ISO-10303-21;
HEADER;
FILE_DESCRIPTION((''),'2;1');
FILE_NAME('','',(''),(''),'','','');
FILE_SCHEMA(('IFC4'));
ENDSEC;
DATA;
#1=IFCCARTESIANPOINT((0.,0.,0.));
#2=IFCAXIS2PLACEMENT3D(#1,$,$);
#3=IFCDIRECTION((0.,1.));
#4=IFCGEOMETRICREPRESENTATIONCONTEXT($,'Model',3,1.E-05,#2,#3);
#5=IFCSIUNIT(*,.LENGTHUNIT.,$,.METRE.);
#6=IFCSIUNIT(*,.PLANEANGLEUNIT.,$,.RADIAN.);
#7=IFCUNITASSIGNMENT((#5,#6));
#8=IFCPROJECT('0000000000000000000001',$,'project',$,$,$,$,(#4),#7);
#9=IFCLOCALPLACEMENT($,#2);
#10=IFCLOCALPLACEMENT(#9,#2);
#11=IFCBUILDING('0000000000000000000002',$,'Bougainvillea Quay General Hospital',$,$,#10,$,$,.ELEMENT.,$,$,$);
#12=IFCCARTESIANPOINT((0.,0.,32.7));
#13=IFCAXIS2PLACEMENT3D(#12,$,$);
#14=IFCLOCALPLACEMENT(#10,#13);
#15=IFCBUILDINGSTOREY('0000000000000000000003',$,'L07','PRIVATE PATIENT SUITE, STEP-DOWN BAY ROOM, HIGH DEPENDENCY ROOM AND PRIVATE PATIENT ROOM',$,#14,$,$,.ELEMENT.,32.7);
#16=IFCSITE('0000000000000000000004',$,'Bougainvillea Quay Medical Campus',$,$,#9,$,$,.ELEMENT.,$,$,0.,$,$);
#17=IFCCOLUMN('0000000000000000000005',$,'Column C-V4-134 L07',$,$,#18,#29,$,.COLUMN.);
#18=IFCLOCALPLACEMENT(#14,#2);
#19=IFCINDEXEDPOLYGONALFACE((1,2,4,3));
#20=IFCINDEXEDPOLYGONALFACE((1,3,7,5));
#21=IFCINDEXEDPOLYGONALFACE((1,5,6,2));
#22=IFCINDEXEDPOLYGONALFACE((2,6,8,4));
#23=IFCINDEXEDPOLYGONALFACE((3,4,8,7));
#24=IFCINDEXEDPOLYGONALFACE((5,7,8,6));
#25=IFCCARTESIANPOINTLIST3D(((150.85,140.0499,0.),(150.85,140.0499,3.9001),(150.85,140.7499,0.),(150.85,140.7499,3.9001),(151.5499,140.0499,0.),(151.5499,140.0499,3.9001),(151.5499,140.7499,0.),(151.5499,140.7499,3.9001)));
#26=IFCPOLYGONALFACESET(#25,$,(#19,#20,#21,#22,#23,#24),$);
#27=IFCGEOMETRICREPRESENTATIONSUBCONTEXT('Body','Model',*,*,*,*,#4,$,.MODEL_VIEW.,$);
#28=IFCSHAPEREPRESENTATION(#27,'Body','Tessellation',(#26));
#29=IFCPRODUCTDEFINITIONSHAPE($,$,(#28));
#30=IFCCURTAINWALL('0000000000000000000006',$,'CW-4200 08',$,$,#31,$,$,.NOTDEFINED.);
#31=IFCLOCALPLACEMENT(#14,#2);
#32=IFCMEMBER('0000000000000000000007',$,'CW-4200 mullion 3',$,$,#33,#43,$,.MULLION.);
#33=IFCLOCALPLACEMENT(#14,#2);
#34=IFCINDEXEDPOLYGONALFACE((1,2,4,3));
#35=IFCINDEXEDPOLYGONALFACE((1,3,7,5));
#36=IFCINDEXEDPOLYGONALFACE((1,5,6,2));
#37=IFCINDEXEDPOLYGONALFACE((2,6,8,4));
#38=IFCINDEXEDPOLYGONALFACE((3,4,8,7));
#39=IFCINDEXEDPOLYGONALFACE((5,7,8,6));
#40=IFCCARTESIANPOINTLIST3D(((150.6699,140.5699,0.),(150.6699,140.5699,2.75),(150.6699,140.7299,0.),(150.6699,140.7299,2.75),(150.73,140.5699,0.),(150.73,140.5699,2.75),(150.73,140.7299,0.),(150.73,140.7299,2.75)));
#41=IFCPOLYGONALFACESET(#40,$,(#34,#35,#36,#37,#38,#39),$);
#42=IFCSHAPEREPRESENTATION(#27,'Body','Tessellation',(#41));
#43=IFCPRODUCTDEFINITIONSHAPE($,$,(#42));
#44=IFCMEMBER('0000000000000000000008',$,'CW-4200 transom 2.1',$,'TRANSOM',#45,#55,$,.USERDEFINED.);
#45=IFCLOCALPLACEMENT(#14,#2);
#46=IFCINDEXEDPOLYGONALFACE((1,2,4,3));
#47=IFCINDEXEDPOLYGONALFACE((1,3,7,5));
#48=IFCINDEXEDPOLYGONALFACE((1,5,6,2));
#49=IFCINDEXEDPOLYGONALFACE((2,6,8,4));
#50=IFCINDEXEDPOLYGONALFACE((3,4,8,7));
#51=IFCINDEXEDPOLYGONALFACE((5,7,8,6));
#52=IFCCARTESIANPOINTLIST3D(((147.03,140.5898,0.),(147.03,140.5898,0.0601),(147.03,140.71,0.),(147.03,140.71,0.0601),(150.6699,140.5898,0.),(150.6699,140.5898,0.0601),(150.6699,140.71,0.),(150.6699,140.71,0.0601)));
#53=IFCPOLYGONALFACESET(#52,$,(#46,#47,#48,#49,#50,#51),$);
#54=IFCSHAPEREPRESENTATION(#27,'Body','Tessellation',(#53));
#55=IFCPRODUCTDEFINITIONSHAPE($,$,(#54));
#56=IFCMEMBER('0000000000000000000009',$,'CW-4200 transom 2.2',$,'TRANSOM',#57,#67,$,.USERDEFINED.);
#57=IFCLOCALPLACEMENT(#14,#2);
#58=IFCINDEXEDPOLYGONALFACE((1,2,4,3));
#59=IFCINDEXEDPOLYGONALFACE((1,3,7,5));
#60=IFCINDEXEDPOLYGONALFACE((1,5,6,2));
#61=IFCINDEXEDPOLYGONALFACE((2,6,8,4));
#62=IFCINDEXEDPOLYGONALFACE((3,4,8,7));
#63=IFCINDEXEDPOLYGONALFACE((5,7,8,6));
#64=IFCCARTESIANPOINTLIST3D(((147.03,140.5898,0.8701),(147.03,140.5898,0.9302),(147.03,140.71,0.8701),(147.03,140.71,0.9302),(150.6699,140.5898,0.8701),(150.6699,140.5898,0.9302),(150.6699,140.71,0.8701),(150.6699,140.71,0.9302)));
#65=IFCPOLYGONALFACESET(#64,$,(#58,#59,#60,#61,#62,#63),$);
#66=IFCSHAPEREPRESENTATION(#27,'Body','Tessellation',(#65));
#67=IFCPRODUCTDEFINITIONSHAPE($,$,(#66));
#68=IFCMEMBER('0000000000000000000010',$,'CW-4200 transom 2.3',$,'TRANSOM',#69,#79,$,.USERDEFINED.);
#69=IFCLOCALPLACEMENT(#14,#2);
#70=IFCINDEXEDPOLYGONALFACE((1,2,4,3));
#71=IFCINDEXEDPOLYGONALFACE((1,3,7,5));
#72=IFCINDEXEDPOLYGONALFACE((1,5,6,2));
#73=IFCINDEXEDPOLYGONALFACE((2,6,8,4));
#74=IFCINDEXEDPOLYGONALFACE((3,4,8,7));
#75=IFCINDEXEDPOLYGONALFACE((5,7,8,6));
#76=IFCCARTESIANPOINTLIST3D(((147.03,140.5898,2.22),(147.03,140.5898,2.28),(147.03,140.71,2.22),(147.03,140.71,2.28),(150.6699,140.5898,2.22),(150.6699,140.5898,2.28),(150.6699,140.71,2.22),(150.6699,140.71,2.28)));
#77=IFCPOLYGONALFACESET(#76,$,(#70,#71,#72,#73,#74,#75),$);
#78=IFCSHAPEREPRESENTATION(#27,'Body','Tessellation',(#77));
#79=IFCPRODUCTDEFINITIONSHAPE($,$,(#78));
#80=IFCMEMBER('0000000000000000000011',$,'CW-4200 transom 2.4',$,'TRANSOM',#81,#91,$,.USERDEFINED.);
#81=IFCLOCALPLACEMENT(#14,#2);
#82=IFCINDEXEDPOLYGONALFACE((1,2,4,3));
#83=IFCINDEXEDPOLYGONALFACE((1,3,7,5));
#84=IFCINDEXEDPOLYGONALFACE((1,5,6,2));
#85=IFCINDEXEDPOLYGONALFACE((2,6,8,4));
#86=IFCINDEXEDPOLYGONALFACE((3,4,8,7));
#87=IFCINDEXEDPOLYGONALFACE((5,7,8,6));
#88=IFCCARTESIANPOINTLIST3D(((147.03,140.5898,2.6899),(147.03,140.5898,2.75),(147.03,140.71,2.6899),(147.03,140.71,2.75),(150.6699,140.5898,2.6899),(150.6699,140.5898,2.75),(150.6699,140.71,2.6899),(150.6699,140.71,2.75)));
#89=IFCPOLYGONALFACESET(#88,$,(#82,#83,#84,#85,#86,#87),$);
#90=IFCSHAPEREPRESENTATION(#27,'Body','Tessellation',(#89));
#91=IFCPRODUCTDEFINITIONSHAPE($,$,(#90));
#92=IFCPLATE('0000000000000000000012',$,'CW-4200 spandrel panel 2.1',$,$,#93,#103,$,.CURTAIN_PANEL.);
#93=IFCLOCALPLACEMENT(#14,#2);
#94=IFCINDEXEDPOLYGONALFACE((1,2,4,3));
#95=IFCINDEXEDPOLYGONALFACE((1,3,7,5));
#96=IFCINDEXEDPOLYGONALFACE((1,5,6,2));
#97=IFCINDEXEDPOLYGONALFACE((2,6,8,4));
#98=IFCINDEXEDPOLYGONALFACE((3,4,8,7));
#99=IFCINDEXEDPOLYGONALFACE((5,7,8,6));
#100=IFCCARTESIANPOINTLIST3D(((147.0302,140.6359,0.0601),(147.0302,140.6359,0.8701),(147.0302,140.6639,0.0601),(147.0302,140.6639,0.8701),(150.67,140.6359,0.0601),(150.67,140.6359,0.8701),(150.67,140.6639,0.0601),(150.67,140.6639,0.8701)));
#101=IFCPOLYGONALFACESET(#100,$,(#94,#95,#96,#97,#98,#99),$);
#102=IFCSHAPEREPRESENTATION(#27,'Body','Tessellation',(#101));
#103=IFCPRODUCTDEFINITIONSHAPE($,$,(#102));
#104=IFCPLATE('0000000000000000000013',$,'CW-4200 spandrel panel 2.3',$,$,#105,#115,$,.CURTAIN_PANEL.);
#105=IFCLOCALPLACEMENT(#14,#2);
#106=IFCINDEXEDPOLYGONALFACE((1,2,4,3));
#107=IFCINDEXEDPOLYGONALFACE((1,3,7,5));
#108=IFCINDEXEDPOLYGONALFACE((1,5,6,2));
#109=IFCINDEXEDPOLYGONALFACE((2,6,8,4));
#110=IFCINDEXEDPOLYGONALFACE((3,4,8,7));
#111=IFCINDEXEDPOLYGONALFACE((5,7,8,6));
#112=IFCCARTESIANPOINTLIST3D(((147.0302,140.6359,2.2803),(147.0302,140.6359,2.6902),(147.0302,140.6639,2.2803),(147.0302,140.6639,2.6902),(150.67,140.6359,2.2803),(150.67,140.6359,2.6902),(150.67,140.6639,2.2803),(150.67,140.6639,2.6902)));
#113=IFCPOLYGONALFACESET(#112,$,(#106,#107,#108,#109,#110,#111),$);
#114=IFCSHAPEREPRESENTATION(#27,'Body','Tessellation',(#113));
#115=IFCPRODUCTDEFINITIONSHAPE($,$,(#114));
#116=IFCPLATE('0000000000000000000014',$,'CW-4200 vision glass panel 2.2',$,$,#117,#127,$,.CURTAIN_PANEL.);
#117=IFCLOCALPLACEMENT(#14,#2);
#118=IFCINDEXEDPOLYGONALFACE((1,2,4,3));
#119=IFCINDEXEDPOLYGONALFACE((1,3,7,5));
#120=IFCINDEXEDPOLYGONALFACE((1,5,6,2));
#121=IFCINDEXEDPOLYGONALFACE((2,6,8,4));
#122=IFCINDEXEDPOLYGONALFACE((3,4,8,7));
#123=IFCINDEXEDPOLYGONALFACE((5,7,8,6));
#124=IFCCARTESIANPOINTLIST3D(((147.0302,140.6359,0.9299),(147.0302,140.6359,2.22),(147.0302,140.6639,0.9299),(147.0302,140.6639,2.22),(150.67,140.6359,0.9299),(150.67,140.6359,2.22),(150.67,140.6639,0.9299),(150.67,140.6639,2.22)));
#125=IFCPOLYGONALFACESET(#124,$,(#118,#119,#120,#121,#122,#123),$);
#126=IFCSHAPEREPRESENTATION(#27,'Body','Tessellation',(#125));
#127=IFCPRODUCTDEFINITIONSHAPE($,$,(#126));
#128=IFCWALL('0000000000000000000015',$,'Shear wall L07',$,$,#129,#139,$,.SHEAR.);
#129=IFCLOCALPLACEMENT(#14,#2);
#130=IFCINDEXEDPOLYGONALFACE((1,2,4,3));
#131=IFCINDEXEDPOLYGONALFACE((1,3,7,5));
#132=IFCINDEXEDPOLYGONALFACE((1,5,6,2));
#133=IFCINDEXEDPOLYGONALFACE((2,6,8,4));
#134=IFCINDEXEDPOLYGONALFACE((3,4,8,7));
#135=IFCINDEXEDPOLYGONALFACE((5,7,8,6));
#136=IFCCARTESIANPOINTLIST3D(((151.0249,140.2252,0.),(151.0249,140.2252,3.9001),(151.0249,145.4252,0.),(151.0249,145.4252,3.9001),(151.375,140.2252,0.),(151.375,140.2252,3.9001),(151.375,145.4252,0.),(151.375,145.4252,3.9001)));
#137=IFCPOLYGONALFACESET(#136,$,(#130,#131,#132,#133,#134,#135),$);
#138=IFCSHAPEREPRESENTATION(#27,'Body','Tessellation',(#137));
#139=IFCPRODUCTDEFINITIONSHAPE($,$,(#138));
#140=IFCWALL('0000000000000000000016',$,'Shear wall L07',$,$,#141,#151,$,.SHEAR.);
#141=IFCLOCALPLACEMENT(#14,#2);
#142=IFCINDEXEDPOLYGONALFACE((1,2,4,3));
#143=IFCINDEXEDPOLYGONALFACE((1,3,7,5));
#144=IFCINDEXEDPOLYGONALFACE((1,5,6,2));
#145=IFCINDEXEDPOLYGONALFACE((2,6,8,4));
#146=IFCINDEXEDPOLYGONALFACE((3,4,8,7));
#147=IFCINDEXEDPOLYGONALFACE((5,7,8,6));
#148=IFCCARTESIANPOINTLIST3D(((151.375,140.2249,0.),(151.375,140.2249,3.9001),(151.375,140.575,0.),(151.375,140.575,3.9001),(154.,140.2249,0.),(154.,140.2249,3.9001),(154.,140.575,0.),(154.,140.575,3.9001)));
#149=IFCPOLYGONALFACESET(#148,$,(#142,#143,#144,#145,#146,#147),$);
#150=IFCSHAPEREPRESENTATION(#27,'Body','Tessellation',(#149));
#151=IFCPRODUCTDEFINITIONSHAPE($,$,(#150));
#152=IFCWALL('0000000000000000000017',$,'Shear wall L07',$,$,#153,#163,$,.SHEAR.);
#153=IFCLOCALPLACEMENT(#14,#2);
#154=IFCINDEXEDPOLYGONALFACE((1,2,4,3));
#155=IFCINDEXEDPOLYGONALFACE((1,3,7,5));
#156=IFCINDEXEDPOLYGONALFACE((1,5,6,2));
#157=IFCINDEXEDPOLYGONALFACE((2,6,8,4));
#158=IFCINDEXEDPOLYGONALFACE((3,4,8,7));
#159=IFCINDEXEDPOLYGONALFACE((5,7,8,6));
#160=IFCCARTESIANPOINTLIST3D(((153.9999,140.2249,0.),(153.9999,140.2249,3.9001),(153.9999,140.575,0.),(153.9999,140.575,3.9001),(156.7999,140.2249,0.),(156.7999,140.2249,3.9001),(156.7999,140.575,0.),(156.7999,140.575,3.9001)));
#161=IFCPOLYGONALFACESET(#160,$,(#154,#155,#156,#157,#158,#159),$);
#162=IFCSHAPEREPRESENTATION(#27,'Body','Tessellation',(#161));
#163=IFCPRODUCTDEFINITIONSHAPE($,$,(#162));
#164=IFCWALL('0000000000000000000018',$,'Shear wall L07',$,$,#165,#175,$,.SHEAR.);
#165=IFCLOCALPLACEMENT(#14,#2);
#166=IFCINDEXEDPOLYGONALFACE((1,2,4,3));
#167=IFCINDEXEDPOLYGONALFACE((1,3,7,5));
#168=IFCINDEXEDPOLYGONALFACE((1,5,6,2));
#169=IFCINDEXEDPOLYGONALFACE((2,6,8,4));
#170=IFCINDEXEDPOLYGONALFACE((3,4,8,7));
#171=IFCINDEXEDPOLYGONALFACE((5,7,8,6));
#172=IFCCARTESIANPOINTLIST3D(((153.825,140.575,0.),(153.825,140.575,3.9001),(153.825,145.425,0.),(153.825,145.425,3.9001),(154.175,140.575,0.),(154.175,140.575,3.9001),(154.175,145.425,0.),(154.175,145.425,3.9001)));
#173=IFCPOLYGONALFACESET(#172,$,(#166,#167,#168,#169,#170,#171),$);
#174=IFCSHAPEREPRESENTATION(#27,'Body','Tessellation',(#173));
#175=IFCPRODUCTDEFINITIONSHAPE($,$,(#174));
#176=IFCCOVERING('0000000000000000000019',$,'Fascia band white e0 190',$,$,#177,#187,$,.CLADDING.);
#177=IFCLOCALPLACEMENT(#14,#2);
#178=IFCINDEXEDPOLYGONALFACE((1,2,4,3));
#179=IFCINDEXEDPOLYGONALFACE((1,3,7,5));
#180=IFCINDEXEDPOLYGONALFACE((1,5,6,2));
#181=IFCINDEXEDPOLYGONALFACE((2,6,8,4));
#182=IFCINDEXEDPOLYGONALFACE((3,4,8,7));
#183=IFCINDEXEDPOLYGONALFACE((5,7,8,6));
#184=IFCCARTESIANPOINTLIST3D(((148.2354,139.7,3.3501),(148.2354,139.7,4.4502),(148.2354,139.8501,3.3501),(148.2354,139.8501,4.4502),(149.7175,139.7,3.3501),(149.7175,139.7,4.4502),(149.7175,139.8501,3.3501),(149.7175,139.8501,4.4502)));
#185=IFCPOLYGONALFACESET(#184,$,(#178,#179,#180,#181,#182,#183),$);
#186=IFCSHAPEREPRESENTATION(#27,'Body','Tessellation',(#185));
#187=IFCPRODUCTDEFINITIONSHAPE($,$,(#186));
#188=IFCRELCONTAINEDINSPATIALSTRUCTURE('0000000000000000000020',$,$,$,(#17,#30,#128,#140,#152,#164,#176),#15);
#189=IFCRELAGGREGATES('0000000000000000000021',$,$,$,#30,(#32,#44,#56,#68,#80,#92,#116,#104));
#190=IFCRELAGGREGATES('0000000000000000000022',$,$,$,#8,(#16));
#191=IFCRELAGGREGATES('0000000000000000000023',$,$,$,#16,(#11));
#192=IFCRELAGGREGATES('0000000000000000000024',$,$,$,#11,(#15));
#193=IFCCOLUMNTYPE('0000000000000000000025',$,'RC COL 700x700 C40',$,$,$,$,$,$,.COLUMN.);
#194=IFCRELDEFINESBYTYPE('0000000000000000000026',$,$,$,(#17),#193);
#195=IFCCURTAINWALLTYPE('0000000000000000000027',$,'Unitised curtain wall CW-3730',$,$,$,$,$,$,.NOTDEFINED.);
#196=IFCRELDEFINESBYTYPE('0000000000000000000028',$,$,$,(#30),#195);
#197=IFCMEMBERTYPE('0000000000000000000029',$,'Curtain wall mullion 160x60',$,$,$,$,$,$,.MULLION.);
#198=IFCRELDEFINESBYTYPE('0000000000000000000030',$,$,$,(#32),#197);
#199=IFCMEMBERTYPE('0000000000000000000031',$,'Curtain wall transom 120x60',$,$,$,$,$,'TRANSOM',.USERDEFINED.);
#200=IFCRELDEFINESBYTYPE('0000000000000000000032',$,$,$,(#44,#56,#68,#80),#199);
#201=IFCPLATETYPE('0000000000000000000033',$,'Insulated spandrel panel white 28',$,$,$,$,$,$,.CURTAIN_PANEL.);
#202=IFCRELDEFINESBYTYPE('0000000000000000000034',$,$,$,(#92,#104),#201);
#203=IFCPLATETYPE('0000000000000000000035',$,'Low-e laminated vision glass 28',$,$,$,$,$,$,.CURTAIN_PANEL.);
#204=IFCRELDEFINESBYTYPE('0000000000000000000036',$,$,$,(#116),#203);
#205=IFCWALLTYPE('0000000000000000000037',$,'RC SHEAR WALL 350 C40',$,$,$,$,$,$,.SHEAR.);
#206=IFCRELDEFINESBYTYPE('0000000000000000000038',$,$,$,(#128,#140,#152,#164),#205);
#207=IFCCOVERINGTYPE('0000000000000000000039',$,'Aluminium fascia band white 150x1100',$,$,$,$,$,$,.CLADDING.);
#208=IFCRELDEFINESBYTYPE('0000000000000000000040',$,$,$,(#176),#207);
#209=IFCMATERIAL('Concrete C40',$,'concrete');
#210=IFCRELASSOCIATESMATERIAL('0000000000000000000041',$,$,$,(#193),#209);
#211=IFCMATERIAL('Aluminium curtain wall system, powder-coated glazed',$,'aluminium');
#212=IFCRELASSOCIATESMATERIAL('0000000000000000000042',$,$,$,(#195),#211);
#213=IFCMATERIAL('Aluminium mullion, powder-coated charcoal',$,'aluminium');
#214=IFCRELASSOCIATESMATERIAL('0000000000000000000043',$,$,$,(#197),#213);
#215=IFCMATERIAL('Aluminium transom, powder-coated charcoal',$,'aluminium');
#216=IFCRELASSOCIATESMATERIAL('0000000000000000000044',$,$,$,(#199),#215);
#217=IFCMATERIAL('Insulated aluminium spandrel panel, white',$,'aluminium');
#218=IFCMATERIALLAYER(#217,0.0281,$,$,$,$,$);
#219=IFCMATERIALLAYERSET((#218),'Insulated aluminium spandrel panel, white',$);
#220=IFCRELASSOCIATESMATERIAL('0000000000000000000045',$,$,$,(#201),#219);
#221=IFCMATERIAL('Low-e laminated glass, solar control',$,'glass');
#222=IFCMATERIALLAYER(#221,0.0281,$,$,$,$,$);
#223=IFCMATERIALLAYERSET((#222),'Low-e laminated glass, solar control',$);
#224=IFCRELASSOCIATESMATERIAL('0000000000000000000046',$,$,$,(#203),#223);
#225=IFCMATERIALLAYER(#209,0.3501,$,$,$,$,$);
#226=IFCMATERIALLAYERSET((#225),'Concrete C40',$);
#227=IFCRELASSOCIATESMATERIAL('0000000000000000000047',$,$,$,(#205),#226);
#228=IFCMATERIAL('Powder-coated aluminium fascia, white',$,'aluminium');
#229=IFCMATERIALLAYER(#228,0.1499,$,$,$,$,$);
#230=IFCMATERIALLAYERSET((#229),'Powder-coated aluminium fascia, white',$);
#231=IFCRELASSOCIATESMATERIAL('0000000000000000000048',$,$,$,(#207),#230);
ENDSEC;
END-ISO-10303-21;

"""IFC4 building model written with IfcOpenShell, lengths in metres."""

from ifc_helpers import new_model, si_unit, direction, frame, frame_2d, origin, origin_2d, place, context, subcontext, project, spatial, polyline, rectangle, outline, extrude, material, layer, layer_set, material_profile, profile_set, type_object, element, aggregate, save


model = new_model("IFC4")

# Units and contexts
model_context = context("Model", 3, precision=1e-05, world=origin(), true_north=direction((0.0, 1.0)))
body_context = subcontext(model_context, "Body", "Model", "MODEL_VIEW")
ifc_project = project(units=[si_unit("LENGTHUNIT", "METRE"), si_unit("PLANEANGLEUNIT", "RADIAN")], contexts=[model_context])

# Site, building, storey
site_placement = place(None, origin())
site = spatial("IfcSite", under=ifc_project, at=site_placement, Name="Bougainvillea Quay Medical Campus", CompositionType="ELEMENT", RefElevation=0.0)
building_placement = place(site_placement, origin())
building = spatial("IfcBuilding", under=site, at=building_placement, Name="Bougainvillea Quay General Hospital", CompositionType="ELEMENT")
storey_placement = place(building_placement, frame((0.0, 0.0, 32.7)))
storey = spatial("IfcBuildingStorey", under=building, at=storey_placement, Name="L07", Description="PRIVATE PATIENT SUITE, STEP-DOWN BAY ROOM, HIGH DEPENDENCY ROOM AND PRIVATE PATIENT ROOM", CompositionType="ELEMENT", Elevation=32.7)

# Column
ifc_material_1 = material(Name="Concrete C40", Category="concrete")
ifc_material_profile_1 = material_profile(ifc_material_1, rectangle(XDim=0.7, YDim=0.7, at=origin_2d()))
ifc_profile_set_1 = profile_set([ifc_material_profile_1], Name="Concrete C40")
column_type = type_object("IfcColumnType", Name="RC COL 700x700 C40", PredefinedType="COLUMN", material=ifc_profile_set_1)
column_placement = place(storey_placement, frame((151.2, 140.3999, 0.0), z_axis=(0.0, 0.0, 1.0), x_axis=(1.0, 0.0, 0.0)))
element("IfcColumn", 1, at=column_placement, inside=storey, type_object=column_type, Name="Column C-V4-134 L07", PredefinedType="COLUMN", context=body_context, shape_type="SweptSolid", body=[
    extrude(rectangle(XDim=0.7, YDim=0.7, at=origin_2d()), origin(), (0.0, 0.0, 1.0), 3.9001),
])

# Curtain wall, members, plates
ifc_material_2 = material(Name="Aluminium curtain wall system, powder-coated glazed", Category="aluminium")
curtain_wall_type = type_object("IfcCurtainWallType", Name="Unitised curtain wall CW-3730", PredefinedType="NOTDEFINED", material=ifc_material_2)
curtain_wall_placement = place(storey_placement, origin())
curtain_wall = element("IfcCurtainWall", 2, at=curtain_wall_placement, inside=storey, type_object=curtain_wall_type, Name="CW-4200 08", PredefinedType="NOTDEFINED")
ifc_material_3 = material(Name="Aluminium mullion, powder-coated charcoal", Category="aluminium")
ifc_material_profile_2 = material_profile(ifc_material_3, rectangle(XDim=0.1599, YDim=0.0601, at=origin_2d()))
ifc_profile_set_2 = profile_set([ifc_material_profile_2], Name="Aluminium mullion, powder-coated charcoal")
member_type_1 = type_object("IfcMemberType", Name="Curtain wall mullion 160x60", PredefinedType="MULLION", material=ifc_profile_set_2)
member_1_placement = place(storey_placement, frame((150.7, 140.6499, 0.0), z_axis=(0.0, 0.0, 1.0), x_axis=(0.0, 1.0, 0.0)))
member_1 = element("IfcMember", 3, at=member_1_placement, type_object=member_type_1, Name="CW-4200 mullion 3", PredefinedType="MULLION", context=body_context, shape_type="SweptSolid", body=[
    extrude(rectangle(XDim=0.1599, YDim=0.0601, at=origin_2d()), origin(), (0.0, 0.0, 1.0), 2.75),
])
ifc_material_4 = material(Name="Aluminium transom, powder-coated charcoal", Category="aluminium")
ifc_material_profile_3 = material_profile(ifc_material_4, rectangle(XDim=0.1201, YDim=0.0601, at=origin_2d()))
ifc_profile_set_3 = profile_set([ifc_material_profile_3], Name="Aluminium transom, powder-coated charcoal")
member_type_2 = type_object("IfcMemberType", Name="Curtain wall transom 120x60", ElementType="TRANSOM", PredefinedType="USERDEFINED", material=ifc_profile_set_3)
member_2_placement = place(storey_placement, frame((147.03, 140.6499, 0.03), z_axis=(1.0, 0.0, 0.0), x_axis=(0.0, 1.0, 0.0)))
member_2 = element("IfcMember", 4, at=member_2_placement, type_object=member_type_2, Name="CW-4200 transom 2.1", ObjectType="TRANSOM", PredefinedType="USERDEFINED", context=body_context, shape_type="SweptSolid", body=[
    extrude(rectangle(XDim=0.1201, YDim=0.0601, at=origin_2d()), origin(), (0.0, 0.0, 1.0), 3.6399),
])
member_3_placement = place(storey_placement, frame((147.03, 140.6499, 0.9001), z_axis=(1.0, 0.0, 0.0), x_axis=(0.0, 1.0, 0.0)))
member_3 = element("IfcMember", 5, at=member_3_placement, type_object=member_type_2, Name="CW-4200 transom 2.2", ObjectType="TRANSOM", PredefinedType="USERDEFINED", context=body_context, shape_type="SweptSolid", body=[
    extrude(rectangle(XDim=0.1201, YDim=0.0601, at=origin_2d()), origin(), (0.0, 0.0, 1.0), 3.6399),
])
member_4_placement = place(storey_placement, frame((147.03, 140.6499, 2.25), z_axis=(1.0, 0.0, 0.0), x_axis=(0.0, 1.0, 0.0)))
member_4 = element("IfcMember", 6, at=member_4_placement, type_object=member_type_2, Name="CW-4200 transom 2.3", ObjectType="TRANSOM", PredefinedType="USERDEFINED", context=body_context, shape_type="SweptSolid", body=[
    extrude(rectangle(XDim=0.1201, YDim=0.0601, at=origin_2d()), origin(), (0.0, 0.0, 1.0), 3.6399),
])
member_5_placement = place(storey_placement, frame((147.03, 140.6499, 2.72), z_axis=(1.0, 0.0, 0.0), x_axis=(0.0, 1.0, 0.0)))
member_5 = element("IfcMember", 7, at=member_5_placement, type_object=member_type_2, Name="CW-4200 transom 2.4", ObjectType="TRANSOM", PredefinedType="USERDEFINED", context=body_context, shape_type="SweptSolid", body=[
    extrude(rectangle(XDim=0.1201, YDim=0.0601, at=origin_2d()), origin(), (0.0, 0.0, 1.0), 3.6399),
])
ifc_material_5 = material(Name="Insulated aluminium spandrel panel, white", Category="aluminium")
ifc_layer_1 = layer(ifc_material_5, 0.0281)
ifc_layer_set_1 = layer_set([ifc_layer_1], Name="Insulated aluminium spandrel panel, white")
plate_type_1 = type_object("IfcPlateType", Name="Insulated spandrel panel white 28", PredefinedType="CURTAIN_PANEL", material=ifc_layer_set_1)
plate_1_placement = place(storey_placement, frame((148.8501, 140.6499, 0.0601), z_axis=(0.0, 0.0, 1.0), x_axis=(1.0, 0.0, 0.0)))
plate_1 = element("IfcPlate", 8, at=plate_1_placement, type_object=plate_type_1, Name="CW-4200 spandrel panel 2.1", PredefinedType="CURTAIN_PANEL", context=body_context, shape_type="SweptSolid", body=[
    extrude(rectangle(XDim=3.6399, YDim=0.0281, at=origin_2d()), origin(), (0.0, 0.0, 1.0), 0.8101),
])
plate_2_placement = place(storey_placement, frame((148.8501, 140.6499, 2.2803), z_axis=(0.0, 0.0, 1.0), x_axis=(1.0, 0.0, 0.0)))
plate_2 = element("IfcPlate", 9, at=plate_2_placement, type_object=plate_type_1, Name="CW-4200 spandrel panel 2.3", PredefinedType="CURTAIN_PANEL", context=body_context, shape_type="SweptSolid", body=[
    extrude(rectangle(XDim=3.6399, YDim=0.0281, at=origin_2d()), origin(), (0.0, 0.0, 1.0), 0.4099),
])
ifc_material_6 = material(Name="Low-e laminated glass, solar control", Category="glass")
ifc_layer_2 = layer(ifc_material_6, 0.0281)
ifc_layer_set_2 = layer_set([ifc_layer_2], Name="Low-e laminated glass, solar control")
plate_type_2 = type_object("IfcPlateType", Name="Low-e laminated vision glass 28", PredefinedType="CURTAIN_PANEL", material=ifc_layer_set_2)
plate_3_placement = place(storey_placement, frame((148.8501, 140.6499, 0.9299), z_axis=(0.0, 0.0, 1.0), x_axis=(1.0, 0.0, 0.0)))
plate_3 = element("IfcPlate", 10, at=plate_3_placement, type_object=plate_type_2, Name="CW-4200 vision glass panel 2.2", PredefinedType="CURTAIN_PANEL", context=body_context, shape_type="SweptSolid", body=[
    extrude(rectangle(XDim=3.6399, YDim=0.0281, at=origin_2d()), origin(), (0.0, 0.0, 1.0), 1.29),
])
aggregate(curtain_wall, [member_1, member_2, member_3, member_4, member_5, plate_1, plate_3, plate_2])

# Walls
ifc_layer_3 = layer(ifc_material_1, 0.3501)
ifc_layer_set_3 = layer_set([ifc_layer_3], Name="Concrete C40")
wall_type = type_object("IfcWallType", Name="RC SHEAR WALL 350 C40", PredefinedType="SHEAR", material=ifc_layer_set_3)
wall_1_placement = place(storey_placement, frame((151.2, 140.2251, 0.0), z_axis=(0.0, 0.0, 1.0), x_axis=(0.0, 1.0, 0.0)))
element("IfcWall", 11, at=wall_1_placement, inside=storey, type_object=wall_type, Name="Shear wall L07", PredefinedType="SHEAR", context=body_context, shape_type="SweptSolid", body=[
    extrude(rectangle(XDim=5.2, YDim=0.3501, at=frame_2d((2.6001, 0.0))), origin(), (0.0, 0.0, 1.0), 3.9001),
])
wall_2_placement = place(storey_placement, frame((151.375, 140.3999, 0.0), z_axis=(0.0, 0.0, 1.0), x_axis=(1.0, 0.0, 0.0)))
element("IfcWall", 12, at=wall_2_placement, inside=storey, type_object=wall_type, Name="Shear wall L07", PredefinedType="SHEAR", context=body_context, shape_type="SweptSolid", body=[
    extrude(rectangle(XDim=2.625, YDim=0.3501, at=frame_2d((1.3125, 0.0))), origin(), (0.0, 0.0, 1.0), 3.9001),
])
wall_3_placement = place(storey_placement, frame((154.0, 140.3999, 0.0), z_axis=(0.0, 0.0, 1.0), x_axis=(1.0, 0.0, 0.0)))
element("IfcWall", 13, at=wall_3_placement, inside=storey, type_object=wall_type, Name="Shear wall L07", PredefinedType="SHEAR", context=body_context, shape_type="SweptSolid", body=[
    extrude(rectangle(XDim=2.8, YDim=0.3501, at=frame_2d((1.3999, 0.0))), origin(), (0.0, 0.0, 1.0), 3.9001),
])
wall_4_placement = place(storey_placement, frame((154.0, 140.575, 0.0), z_axis=(0.0, 0.0, 1.0), x_axis=(0.0, 1.0, 0.0)))
element("IfcWall", 14, at=wall_4_placement, inside=storey, type_object=wall_type, Name="Shear wall L07", PredefinedType="SHEAR", context=body_context, shape_type="SweptSolid", body=[
    extrude(rectangle(XDim=4.8501, YDim=0.3501, at=frame_2d((2.425, 0.0))), origin(), (0.0, 0.0, 1.0), 3.9001),
])

# Covering
ifc_material_7 = material(Name="Powder-coated aluminium fascia, white", Category="aluminium")
ifc_layer_4 = layer(ifc_material_7, 0.1499)
ifc_layer_set_4 = layer_set([ifc_layer_4], Name="Powder-coated aluminium fascia, white")
covering_type = type_object("IfcCoveringType", Name="Aluminium fascia band white 150x1100", PredefinedType="CLADDING", material=ifc_layer_set_4)
covering_1_placement = place(storey_placement, frame((148.2354, 139.8501, 3.3501), z_axis=(0.0, 0.0, 1.0), x_axis=(1.0, 0.0, 0.0)))
element("IfcCovering", 15, at=covering_1_placement, inside=storey, type_object=covering_type, Name="Fascia band white e0 190", PredefinedType="CLADDING", context=body_context, shape_type="SweptSolid", body=[
    extrude(outline(polyline([(0.0, 0.0), (1.4822, 0.0), (1.4822, -0.1501), (0.0, -0.1501), (0.0, 0.0)])), origin(), (0.0, 0.0, 1.0), 1.1001),
])

save(model, "model.ifc")
